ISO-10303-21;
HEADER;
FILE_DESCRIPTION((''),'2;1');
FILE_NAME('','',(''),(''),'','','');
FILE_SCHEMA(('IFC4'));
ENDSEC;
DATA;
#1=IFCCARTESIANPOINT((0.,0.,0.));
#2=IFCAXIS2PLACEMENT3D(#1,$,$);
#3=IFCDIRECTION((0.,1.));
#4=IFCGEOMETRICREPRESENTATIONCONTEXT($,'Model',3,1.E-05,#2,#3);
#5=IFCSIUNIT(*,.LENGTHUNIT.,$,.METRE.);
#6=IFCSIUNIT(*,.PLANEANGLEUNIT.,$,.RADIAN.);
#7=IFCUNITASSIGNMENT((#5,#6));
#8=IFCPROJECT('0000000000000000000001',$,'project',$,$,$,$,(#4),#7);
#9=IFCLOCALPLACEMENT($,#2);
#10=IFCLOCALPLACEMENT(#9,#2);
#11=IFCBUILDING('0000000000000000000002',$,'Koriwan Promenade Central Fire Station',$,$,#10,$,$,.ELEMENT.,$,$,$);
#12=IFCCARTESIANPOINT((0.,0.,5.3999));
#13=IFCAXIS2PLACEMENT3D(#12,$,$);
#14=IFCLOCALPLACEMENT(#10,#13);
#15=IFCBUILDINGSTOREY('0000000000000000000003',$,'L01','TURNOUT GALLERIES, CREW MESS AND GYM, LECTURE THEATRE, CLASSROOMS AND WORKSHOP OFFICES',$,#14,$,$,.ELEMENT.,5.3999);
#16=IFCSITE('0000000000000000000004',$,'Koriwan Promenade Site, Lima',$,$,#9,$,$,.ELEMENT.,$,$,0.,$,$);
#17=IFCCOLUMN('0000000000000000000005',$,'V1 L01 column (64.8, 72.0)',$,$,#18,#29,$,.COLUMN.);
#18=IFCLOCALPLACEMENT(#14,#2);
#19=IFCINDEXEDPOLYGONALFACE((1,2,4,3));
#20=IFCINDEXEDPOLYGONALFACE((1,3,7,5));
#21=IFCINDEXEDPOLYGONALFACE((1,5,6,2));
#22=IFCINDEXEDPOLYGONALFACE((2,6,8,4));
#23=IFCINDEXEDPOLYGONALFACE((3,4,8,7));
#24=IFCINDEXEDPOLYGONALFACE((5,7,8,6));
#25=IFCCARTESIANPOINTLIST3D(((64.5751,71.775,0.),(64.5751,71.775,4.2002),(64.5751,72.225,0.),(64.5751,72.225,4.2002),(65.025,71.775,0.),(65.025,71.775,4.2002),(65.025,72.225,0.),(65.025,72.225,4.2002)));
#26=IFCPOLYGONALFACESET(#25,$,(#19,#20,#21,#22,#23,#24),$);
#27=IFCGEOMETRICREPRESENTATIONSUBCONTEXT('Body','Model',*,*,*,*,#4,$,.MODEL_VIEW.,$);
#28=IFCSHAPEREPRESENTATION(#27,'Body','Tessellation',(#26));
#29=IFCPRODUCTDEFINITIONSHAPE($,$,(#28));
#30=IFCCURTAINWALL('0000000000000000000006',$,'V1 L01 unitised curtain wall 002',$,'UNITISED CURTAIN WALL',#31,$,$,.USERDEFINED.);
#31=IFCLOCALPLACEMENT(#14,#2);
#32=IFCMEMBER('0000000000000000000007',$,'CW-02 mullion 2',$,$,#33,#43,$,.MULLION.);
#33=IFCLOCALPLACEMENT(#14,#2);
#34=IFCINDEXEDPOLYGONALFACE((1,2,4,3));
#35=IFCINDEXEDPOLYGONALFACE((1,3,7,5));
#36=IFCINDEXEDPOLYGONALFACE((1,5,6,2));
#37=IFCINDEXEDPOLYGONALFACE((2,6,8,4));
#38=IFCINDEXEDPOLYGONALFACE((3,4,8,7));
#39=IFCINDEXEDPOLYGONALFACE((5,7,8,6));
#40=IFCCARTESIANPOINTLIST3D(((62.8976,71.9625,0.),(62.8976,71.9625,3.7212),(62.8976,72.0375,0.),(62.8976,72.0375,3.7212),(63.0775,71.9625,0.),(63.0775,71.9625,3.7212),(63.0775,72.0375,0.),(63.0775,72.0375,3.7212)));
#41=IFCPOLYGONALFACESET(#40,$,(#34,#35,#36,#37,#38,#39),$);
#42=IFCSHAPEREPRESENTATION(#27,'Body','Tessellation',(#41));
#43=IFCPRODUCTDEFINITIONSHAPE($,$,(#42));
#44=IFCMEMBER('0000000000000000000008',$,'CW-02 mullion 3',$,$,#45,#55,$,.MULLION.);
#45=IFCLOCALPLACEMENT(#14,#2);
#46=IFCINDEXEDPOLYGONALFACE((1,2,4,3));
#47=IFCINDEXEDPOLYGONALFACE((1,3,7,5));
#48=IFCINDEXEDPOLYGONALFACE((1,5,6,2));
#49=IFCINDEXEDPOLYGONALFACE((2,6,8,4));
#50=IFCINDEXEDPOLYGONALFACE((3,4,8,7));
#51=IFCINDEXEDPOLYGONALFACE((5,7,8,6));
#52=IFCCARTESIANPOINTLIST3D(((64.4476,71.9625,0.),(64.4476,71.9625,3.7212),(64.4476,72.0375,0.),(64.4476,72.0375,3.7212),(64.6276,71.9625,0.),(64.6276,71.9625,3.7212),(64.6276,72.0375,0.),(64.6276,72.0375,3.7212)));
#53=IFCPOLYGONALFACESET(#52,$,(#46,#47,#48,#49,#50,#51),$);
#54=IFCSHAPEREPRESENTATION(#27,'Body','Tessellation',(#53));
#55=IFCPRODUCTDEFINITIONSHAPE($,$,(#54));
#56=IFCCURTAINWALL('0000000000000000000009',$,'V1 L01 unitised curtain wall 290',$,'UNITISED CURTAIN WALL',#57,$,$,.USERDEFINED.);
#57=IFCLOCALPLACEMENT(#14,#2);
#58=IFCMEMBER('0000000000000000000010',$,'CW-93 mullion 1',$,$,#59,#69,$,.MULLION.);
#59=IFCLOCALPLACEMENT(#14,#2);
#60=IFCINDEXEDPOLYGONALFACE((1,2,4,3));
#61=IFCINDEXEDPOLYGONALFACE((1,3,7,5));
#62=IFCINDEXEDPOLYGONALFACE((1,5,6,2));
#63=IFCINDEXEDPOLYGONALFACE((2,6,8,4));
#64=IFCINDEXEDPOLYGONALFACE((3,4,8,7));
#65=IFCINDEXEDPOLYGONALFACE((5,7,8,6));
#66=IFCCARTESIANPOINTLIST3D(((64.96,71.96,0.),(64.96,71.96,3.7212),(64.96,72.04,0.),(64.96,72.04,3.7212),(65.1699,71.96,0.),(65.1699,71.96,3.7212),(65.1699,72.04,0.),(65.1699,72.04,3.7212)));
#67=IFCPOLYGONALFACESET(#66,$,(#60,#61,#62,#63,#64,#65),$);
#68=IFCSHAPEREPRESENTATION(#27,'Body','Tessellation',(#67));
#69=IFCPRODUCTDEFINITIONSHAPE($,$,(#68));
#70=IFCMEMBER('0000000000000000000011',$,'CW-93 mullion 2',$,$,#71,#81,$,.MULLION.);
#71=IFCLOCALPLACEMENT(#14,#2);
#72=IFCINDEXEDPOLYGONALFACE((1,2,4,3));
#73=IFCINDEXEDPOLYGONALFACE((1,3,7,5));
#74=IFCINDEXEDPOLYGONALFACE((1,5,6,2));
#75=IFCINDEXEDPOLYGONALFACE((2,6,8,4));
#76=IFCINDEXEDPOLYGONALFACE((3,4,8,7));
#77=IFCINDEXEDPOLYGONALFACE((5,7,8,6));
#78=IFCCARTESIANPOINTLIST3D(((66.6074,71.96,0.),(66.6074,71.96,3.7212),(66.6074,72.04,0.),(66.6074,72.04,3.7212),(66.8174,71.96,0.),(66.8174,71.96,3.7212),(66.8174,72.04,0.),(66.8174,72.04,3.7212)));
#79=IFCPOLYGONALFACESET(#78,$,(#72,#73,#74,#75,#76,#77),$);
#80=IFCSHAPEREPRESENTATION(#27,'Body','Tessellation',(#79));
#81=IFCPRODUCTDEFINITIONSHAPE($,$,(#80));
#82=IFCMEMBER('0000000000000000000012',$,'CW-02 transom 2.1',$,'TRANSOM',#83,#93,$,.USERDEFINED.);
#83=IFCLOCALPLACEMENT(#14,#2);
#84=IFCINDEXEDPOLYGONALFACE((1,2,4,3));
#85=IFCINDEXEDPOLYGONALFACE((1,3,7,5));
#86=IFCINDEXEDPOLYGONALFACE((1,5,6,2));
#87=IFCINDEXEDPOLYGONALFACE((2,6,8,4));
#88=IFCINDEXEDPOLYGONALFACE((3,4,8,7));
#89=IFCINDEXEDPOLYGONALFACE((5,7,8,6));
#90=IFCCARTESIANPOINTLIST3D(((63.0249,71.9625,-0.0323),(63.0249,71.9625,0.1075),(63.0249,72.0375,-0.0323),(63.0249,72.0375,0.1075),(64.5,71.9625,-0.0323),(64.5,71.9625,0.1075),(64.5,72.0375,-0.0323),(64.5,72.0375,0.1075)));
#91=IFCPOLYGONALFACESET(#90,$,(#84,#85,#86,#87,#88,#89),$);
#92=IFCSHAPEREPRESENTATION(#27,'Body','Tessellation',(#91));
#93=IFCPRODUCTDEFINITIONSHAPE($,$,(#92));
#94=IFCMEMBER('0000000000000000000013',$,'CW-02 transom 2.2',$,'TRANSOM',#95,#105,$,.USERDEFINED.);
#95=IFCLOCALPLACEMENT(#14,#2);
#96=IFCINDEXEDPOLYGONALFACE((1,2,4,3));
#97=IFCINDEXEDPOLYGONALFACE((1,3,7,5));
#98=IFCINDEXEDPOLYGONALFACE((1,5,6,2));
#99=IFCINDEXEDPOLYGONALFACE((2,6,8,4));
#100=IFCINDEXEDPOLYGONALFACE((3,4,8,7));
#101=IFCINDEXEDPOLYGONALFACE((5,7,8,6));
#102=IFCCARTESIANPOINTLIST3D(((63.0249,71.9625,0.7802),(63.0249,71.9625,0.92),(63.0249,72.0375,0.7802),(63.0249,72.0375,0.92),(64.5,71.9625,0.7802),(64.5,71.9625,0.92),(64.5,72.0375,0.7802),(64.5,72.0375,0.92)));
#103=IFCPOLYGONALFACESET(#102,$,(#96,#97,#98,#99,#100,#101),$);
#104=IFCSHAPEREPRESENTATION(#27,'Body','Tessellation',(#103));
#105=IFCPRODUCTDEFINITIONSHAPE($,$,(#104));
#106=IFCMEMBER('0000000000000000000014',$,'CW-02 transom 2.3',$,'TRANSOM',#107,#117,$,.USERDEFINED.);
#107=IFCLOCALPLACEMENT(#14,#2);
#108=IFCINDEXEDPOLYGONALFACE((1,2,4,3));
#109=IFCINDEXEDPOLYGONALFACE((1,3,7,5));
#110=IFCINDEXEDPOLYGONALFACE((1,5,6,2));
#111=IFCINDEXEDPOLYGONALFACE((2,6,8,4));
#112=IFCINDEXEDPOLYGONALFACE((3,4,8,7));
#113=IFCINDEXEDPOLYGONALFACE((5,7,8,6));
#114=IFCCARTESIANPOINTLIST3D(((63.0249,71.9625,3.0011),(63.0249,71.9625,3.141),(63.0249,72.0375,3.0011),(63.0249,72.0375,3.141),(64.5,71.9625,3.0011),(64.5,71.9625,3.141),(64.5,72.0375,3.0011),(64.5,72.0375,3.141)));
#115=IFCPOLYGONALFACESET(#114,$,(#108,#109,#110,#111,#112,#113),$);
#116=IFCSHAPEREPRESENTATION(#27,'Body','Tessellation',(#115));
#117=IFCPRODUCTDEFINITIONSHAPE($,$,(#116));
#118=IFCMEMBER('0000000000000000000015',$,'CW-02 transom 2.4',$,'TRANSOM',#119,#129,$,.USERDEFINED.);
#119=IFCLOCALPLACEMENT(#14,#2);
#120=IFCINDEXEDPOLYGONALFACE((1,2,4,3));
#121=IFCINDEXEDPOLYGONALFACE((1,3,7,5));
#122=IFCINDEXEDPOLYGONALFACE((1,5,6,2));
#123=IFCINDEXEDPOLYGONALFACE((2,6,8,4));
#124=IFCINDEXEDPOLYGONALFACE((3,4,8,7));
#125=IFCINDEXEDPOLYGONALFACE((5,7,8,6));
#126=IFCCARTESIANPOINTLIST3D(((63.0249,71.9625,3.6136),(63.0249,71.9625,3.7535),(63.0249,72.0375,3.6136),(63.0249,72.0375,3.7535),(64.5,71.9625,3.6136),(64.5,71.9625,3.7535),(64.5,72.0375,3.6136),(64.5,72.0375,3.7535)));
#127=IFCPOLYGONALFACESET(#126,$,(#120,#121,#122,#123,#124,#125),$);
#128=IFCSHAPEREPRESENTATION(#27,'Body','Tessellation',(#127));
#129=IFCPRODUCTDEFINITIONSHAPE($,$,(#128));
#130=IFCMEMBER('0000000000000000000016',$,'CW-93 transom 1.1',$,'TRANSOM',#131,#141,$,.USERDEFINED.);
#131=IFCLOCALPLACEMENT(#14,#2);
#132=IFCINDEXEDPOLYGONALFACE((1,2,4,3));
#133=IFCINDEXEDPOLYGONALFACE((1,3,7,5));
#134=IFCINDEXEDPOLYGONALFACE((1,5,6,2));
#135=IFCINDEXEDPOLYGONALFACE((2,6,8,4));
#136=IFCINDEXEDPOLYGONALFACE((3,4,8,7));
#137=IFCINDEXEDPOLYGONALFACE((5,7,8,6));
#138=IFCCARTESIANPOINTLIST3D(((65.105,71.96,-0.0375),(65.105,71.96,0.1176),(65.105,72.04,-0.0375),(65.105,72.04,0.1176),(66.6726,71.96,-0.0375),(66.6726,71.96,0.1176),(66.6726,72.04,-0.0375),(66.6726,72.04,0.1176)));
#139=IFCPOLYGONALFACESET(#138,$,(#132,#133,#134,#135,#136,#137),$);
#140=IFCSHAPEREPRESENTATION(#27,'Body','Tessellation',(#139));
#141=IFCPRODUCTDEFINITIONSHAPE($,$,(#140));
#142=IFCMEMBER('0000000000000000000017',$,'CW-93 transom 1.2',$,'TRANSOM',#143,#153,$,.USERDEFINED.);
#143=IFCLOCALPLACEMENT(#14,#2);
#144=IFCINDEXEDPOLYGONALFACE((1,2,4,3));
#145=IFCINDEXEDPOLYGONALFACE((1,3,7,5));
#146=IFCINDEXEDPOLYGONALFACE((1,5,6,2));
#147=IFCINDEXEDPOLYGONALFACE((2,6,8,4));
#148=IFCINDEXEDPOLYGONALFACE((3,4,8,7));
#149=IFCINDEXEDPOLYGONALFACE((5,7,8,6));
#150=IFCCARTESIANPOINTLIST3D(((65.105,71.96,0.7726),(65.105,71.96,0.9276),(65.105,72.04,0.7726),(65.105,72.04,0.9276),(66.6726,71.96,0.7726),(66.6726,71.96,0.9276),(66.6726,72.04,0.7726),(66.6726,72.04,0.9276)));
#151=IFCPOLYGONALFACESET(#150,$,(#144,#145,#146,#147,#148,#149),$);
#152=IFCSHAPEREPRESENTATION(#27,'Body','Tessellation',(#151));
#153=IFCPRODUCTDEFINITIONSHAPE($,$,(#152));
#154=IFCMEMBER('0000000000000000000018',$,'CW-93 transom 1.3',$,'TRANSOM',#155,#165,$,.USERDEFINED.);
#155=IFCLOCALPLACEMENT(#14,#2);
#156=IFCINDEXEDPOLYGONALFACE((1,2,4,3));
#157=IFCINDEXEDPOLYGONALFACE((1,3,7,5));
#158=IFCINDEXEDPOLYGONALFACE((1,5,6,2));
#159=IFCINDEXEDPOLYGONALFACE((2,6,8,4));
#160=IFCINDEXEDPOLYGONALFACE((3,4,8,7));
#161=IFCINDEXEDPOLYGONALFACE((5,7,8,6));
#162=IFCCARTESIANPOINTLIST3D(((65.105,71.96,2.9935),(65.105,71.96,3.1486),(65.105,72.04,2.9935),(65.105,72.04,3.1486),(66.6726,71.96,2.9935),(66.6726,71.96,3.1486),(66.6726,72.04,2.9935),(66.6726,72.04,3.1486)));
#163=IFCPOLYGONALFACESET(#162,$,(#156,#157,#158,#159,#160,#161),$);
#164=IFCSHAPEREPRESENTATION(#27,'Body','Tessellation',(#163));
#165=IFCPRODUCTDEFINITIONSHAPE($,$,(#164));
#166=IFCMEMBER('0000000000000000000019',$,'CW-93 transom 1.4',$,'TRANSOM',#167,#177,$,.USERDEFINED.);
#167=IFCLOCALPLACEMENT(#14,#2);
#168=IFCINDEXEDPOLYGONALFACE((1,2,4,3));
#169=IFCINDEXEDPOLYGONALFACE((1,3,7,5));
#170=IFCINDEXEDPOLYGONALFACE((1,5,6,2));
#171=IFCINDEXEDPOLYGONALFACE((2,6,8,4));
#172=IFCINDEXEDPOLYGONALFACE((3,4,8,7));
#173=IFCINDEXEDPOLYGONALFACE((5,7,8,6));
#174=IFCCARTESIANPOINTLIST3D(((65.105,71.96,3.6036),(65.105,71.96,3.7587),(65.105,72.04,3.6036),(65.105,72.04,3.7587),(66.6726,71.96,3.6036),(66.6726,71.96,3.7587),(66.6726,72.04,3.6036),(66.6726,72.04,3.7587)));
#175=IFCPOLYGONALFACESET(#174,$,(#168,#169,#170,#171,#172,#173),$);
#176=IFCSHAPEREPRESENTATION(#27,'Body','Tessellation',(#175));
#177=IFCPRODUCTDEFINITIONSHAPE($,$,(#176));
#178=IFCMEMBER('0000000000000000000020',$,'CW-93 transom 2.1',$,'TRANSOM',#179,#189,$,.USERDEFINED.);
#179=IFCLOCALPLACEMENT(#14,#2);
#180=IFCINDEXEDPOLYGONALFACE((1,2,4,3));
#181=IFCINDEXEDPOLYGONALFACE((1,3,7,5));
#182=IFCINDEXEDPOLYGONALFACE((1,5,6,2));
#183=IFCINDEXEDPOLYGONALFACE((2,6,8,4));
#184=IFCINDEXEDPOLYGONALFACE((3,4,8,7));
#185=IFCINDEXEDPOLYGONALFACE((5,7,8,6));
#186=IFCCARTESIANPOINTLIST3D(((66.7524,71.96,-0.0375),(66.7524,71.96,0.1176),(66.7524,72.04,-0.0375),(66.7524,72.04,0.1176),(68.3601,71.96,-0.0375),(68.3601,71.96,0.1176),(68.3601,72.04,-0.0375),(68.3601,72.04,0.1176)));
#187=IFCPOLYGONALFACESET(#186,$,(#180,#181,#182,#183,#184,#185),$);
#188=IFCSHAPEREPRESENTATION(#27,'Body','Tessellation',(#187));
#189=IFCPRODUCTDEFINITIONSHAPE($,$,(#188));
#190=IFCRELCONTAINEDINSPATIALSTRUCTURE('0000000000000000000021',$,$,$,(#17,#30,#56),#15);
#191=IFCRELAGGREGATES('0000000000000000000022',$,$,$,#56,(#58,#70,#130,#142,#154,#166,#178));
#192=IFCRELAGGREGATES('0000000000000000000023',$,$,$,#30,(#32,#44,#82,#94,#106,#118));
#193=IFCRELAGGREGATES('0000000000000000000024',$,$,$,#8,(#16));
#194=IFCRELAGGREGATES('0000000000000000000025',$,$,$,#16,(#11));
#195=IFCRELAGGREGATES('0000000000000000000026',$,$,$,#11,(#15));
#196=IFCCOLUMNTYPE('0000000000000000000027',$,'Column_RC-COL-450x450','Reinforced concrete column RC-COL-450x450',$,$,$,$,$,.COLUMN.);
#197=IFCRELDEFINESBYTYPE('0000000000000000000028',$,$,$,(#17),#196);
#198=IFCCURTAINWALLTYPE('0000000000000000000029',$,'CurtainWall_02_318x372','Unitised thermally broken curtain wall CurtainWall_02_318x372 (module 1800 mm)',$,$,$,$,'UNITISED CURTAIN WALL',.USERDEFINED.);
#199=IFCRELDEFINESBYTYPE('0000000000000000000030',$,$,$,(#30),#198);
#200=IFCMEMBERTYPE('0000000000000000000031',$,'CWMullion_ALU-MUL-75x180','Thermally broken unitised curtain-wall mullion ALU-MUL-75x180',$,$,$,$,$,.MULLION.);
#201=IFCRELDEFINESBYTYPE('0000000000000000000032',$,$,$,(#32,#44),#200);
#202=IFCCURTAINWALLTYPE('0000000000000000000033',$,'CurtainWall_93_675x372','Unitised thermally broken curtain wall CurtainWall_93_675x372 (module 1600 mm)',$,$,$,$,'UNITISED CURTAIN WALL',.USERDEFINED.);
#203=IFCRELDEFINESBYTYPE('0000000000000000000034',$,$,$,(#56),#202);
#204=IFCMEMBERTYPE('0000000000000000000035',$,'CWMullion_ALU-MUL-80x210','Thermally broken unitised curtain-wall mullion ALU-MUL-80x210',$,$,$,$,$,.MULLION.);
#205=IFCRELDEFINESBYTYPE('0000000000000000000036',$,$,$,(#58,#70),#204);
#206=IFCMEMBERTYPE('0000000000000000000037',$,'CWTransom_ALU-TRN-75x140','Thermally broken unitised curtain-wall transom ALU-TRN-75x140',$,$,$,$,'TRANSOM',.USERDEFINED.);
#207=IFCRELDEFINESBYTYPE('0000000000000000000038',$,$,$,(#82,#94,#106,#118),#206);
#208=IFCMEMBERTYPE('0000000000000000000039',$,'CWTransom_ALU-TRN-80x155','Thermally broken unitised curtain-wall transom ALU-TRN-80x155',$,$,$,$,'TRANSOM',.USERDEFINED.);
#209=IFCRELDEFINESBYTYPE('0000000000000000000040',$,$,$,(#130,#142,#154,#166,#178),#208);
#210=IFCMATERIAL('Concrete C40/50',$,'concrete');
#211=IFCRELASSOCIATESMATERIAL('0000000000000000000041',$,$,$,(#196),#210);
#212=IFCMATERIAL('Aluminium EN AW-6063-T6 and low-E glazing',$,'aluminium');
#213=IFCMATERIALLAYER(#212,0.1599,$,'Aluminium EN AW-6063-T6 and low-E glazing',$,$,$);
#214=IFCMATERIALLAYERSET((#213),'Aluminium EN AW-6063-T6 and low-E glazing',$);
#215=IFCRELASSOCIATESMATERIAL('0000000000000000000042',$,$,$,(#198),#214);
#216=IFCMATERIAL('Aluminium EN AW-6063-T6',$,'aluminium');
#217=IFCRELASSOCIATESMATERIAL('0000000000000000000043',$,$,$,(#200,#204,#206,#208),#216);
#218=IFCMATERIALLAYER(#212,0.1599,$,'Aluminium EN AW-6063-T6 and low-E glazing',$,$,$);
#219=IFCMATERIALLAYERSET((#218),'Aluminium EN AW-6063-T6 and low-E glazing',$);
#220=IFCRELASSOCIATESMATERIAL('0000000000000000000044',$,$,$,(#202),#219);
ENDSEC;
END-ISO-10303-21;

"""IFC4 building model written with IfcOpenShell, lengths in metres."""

from ifc_helpers import new_model, si_unit, direction, frame, origin, origin_2d, place, context, subcontext, project, spatial, rectangle, extrude, material, layer, layer_set, material_profile, profile_set, type_object, element, aggregate, save


model = new_model("IFC4")

# Units and contexts
model_context = context("Model", 3, precision=1e-05, world=origin(), true_north=direction((0.0, 1.0)))
body_context = subcontext(model_context, "Body", "Model", "MODEL_VIEW")
ifc_project = project(units=[si_unit("LENGTHUNIT", "METRE"), si_unit("PLANEANGLEUNIT", "RADIAN")], contexts=[model_context])

# Site, building, storey
site_placement = place(None, origin())
site = spatial("IfcSite", under=ifc_project, at=site_placement, Name="Koriwan Promenade Site, Lima", CompositionType="ELEMENT", RefElevation=0.0)
building_placement = place(site_placement, origin())
building = spatial("IfcBuilding", under=site, at=building_placement, Name="Koriwan Promenade Central Fire Station", CompositionType="ELEMENT")
storey_placement = place(building_placement, frame((0.0, 0.0, 5.3999)))
storey = spatial("IfcBuildingStorey", under=building, at=storey_placement, Name="L01", Description="TURNOUT GALLERIES, CREW MESS AND GYM, LECTURE THEATRE, CLASSROOMS AND WORKSHOP OFFICES", CompositionType="ELEMENT", Elevation=5.3999)

# Column
ifc_material_1 = material(Name="Concrete C40/50", Category="concrete")
ifc_material_profile_1 = material_profile(ifc_material_1, rectangle(XDim=0.45, YDim=0.45, at=origin_2d()), Name="RC-COL-450x450")
ifc_profile_set_1 = profile_set([ifc_material_profile_1], Name="Concrete C40/50")
column_type = type_object("IfcColumnType", Name="Column_RC-COL-450x450", Description="Reinforced concrete column RC-COL-450x450", PredefinedType="COLUMN", material=ifc_profile_set_1)
column_placement = place(storey_placement, frame((64.8, 72.0, 0.0), z_axis=(0.0, 0.0, 1.0), x_axis=(1.0, 0.0, 0.0)))
element("IfcColumn", 1, at=column_placement, inside=storey, type_object=column_type, Name="V1 L01 column (64.8, 72.0)", PredefinedType="COLUMN", context=body_context, shape_type="SweptSolid", body=[
    extrude(rectangle(XDim=0.45, YDim=0.45, at=origin_2d()), origin(), (0.0, 0.0, 1.0), 4.2002),
])

# Curtain walls, members
ifc_material_2 = material(Name="Aluminium EN AW-6063-T6 and low-E glazing", Category="aluminium")
ifc_layer_1 = layer(ifc_material_2, 0.1599, Name="Aluminium EN AW-6063-T6 and low-E glazing")
ifc_layer_set_1 = layer_set([ifc_layer_1], Name="Aluminium EN AW-6063-T6 and low-E glazing")
curtain_wall_type_1 = type_object("IfcCurtainWallType", Name="CurtainWall_02_318x372", Description="Unitised thermally broken curtain wall CurtainWall_02_318x372 (module 1800 mm)", ElementType="UNITISED CURTAIN WALL", PredefinedType="USERDEFINED", material=ifc_layer_set_1)
curtain_wall_1_placement = place(storey_placement, origin())
curtain_wall_1 = element("IfcCurtainWall", 2, at=curtain_wall_1_placement, inside=storey, type_object=curtain_wall_type_1, Name="V1 L01 unitised curtain wall 002", ObjectType="UNITISED CURTAIN WALL", PredefinedType="USERDEFINED")
ifc_material_3 = material(Name="Aluminium EN AW-6063-T6", Category="aluminium")
ifc_material_profile_2 = material_profile(ifc_material_3, rectangle(XDim=0.075, YDim=0.1799, at=origin_2d()), Name="ALU-MUL-75x180")
ifc_profile_set_2 = profile_set([ifc_material_profile_2], Name="Aluminium EN AW-6063-T6")
member_type_1 = type_object("IfcMemberType", Name="CWMullion_ALU-MUL-75x180", Description="Thermally broken unitised curtain-wall mullion ALU-MUL-75x180", PredefinedType="MULLION", material=ifc_profile_set_2)
member_1_placement = place(storey_placement, frame((62.9875, 72.0, 0.0), z_axis=(0.0, 0.0, 1.0), x_axis=(0.0, 1.0, 0.0)))
member_1 = element("IfcMember", 3, at=member_1_placement, type_object=member_type_1, Name="CW-02 mullion 2", PredefinedType="MULLION", context=body_context, shape_type="SweptSolid", body=[
    extrude(rectangle(XDim=0.075, YDim=0.1799, at=origin_2d()), origin(), (0.0, 0.0, 1.0), 3.7212),
])
member_2_placement = place(storey_placement, frame((64.5376, 72.0, 0.0), z_axis=(0.0, 0.0, 1.0), x_axis=(0.0, 1.0, 0.0)))
member_2 = element("IfcMember", 4, at=member_2_placement, type_object=member_type_1, Name="CW-02 mullion 3", PredefinedType="MULLION", context=body_context, shape_type="SweptSolid", body=[
    extrude(rectangle(XDim=0.075, YDim=0.1799, at=origin_2d()), origin(), (0.0, 0.0, 1.0), 3.7212),
])
ifc_layer_2 = layer(ifc_material_2, 0.1599, Name="Aluminium EN AW-6063-T6 and low-E glazing")
ifc_layer_set_2 = layer_set([ifc_layer_2], Name="Aluminium EN AW-6063-T6 and low-E glazing")
curtain_wall_type_2 = type_object("IfcCurtainWallType", Name="CurtainWall_93_675x372", Description="Unitised thermally broken curtain wall CurtainWall_93_675x372 (module 1600 mm)", ElementType="UNITISED CURTAIN WALL", PredefinedType="USERDEFINED", material=ifc_layer_set_2)
curtain_wall_2_placement = place(storey_placement, origin())
curtain_wall_2 = element("IfcCurtainWall", 5, at=curtain_wall_2_placement, inside=storey, type_object=curtain_wall_type_2, Name="V1 L01 unitised curtain wall 290", ObjectType="UNITISED CURTAIN WALL", PredefinedType="USERDEFINED")
ifc_material_profile_3 = material_profile(ifc_material_3, rectangle(XDim=0.0801, YDim=0.21, at=origin_2d()), Name="ALU-MUL-80x210")
ifc_profile_set_3 = profile_set([ifc_material_profile_3], Name="Aluminium EN AW-6063-T6")
member_type_2 = type_object("IfcMemberType", Name="CWMullion_ALU-MUL-80x210", Description="Thermally broken unitised curtain-wall mullion ALU-MUL-80x210", PredefinedType="MULLION", material=ifc_profile_set_3)
member_3_placement = place(storey_placement, frame((65.0649, 72.0, 0.0), z_axis=(0.0, 0.0, 1.0), x_axis=(0.0, 1.0, 0.0)))
member_3 = element("IfcMember", 6, at=member_3_placement, type_object=member_type_2, Name="CW-93 mullion 1", PredefinedType="MULLION", context=body_context, shape_type="SweptSolid", body=[
    extrude(rectangle(XDim=0.0801, YDim=0.21, at=origin_2d()), origin(), (0.0, 0.0, 1.0), 3.7212),
])
member_4_placement = place(storey_placement, frame((66.7124, 72.0, 0.0), z_axis=(0.0, 0.0, 1.0), x_axis=(0.0, 1.0, 0.0)))
member_4 = element("IfcMember", 7, at=member_4_placement, type_object=member_type_2, Name="CW-93 mullion 2", PredefinedType="MULLION", context=body_context, shape_type="SweptSolid", body=[
    extrude(rectangle(XDim=0.0801, YDim=0.21, at=origin_2d()), origin(), (0.0, 0.0, 1.0), 3.7212),
])

# Members
ifc_material_profile_4 = material_profile(ifc_material_3, rectangle(XDim=0.075, YDim=0.1399, at=origin_2d()), Name="ALU-TRN-75x140")
ifc_profile_set_4 = profile_set([ifc_material_profile_4], Name="Aluminium EN AW-6063-T6")
member_type_3 = type_object("IfcMemberType", Name="CWTransom_ALU-TRN-75x140", Description="Thermally broken unitised curtain-wall transom ALU-TRN-75x140", ElementType="TRANSOM", PredefinedType="USERDEFINED", material=ifc_profile_set_4)
member_5_placement = place(storey_placement, frame((63.0249, 72.0, 0.0376), z_axis=(1.0, 0.0, 0.0), x_axis=(0.0, 1.0, 0.0)))
member_5 = element("IfcMember", 8, at=member_5_placement, type_object=member_type_3, Name="CW-02 transom 2.1", ObjectType="TRANSOM", PredefinedType="USERDEFINED", context=body_context, shape_type="SweptSolid", body=[
    extrude(rectangle(XDim=0.075, YDim=0.1399, at=origin_2d()), origin(), (0.0, 0.0, 1.0), 1.4751),
])
member_6_placement = place(storey_placement, frame((63.0249, 72.0, 0.8501), z_axis=(1.0, 0.0, 0.0), x_axis=(0.0, 1.0, 0.0)))
member_6 = element("IfcMember", 9, at=member_6_placement, type_object=member_type_3, Name="CW-02 transom 2.2", ObjectType="TRANSOM", PredefinedType="USERDEFINED", context=body_context, shape_type="SweptSolid", body=[
    extrude(rectangle(XDim=0.075, YDim=0.1399, at=origin_2d()), origin(), (0.0, 0.0, 1.0), 1.4751),
])
member_7_placement = place(storey_placement, frame((63.0249, 72.0, 3.071), z_axis=(1.0, 0.0, 0.0), x_axis=(0.0, 1.0, 0.0)))
member_7 = element("IfcMember", 10, at=member_7_placement, type_object=member_type_3, Name="CW-02 transom 2.3", ObjectType="TRANSOM", PredefinedType="USERDEFINED", context=body_context, shape_type="SweptSolid", body=[
    extrude(rectangle(XDim=0.075, YDim=0.1399, at=origin_2d()), origin(), (0.0, 0.0, 1.0), 1.4751),
])
member_8_placement = place(storey_placement, frame((63.0249, 72.0, 3.6836), z_axis=(1.0, 0.0, 0.0), x_axis=(0.0, 1.0, 0.0)))
member_8 = element("IfcMember", 11, at=member_8_placement, type_object=member_type_3, Name="CW-02 transom 2.4", ObjectType="TRANSOM", PredefinedType="USERDEFINED", context=body_context, shape_type="SweptSolid", body=[
    extrude(rectangle(XDim=0.075, YDim=0.1399, at=origin_2d()), origin(), (0.0, 0.0, 1.0), 1.4751),
])
ifc_material_profile_5 = material_profile(ifc_material_3, rectangle(XDim=0.0801, YDim=0.155, at=origin_2d()), Name="ALU-TRN-80x155")
ifc_profile_set_5 = profile_set([ifc_material_profile_5], Name="Aluminium EN AW-6063-T6")
member_type_4 = type_object("IfcMemberType", Name="CWTransom_ALU-TRN-80x155", Description="Thermally broken unitised curtain-wall transom ALU-TRN-80x155", ElementType="TRANSOM", PredefinedType="USERDEFINED", material=ifc_profile_set_5)
member_9_placement = place(storey_placement, frame((65.105, 72.0, 0.04), z_axis=(1.0, 0.0, 0.0), x_axis=(0.0, 1.0, 0.0)))
member_9 = element("IfcMember", 12, at=member_9_placement, type_object=member_type_4, Name="CW-93 transom 1.1", ObjectType="TRANSOM", PredefinedType="USERDEFINED", context=body_context, shape_type="SweptSolid", body=[
    extrude(rectangle(XDim=0.0801, YDim=0.155, at=origin_2d()), origin(), (0.0, 0.0, 1.0), 1.5676),
])
member_10_placement = place(storey_placement, frame((65.105, 72.0, 0.8501), z_axis=(1.0, 0.0, 0.0), x_axis=(0.0, 1.0, 0.0)))
member_10 = element("IfcMember", 13, at=member_10_placement, type_object=member_type_4, Name="CW-93 transom 1.2", ObjectType="TRANSOM", PredefinedType="USERDEFINED", context=body_context, shape_type="SweptSolid", body=[
    extrude(rectangle(XDim=0.0801, YDim=0.155, at=origin_2d()), origin(), (0.0, 0.0, 1.0), 1.5676),
])
member_11_placement = place(storey_placement, frame((65.105, 72.0, 3.071), z_axis=(1.0, 0.0, 0.0), x_axis=(0.0, 1.0, 0.0)))
member_11 = element("IfcMember", 14, at=member_11_placement, type_object=member_type_4, Name="CW-93 transom 1.3", ObjectType="TRANSOM", PredefinedType="USERDEFINED", context=body_context, shape_type="SweptSolid", body=[
    extrude(rectangle(XDim=0.0801, YDim=0.155, at=origin_2d()), origin(), (0.0, 0.0, 1.0), 1.5676),
])
member_12_placement = place(storey_placement, frame((65.105, 72.0, 3.6812), z_axis=(1.0, 0.0, 0.0), x_axis=(0.0, 1.0, 0.0)))
member_12 = element("IfcMember", 15, at=member_12_placement, type_object=member_type_4, Name="CW-93 transom 1.4", ObjectType="TRANSOM", PredefinedType="USERDEFINED", context=body_context, shape_type="SweptSolid", body=[
    extrude(rectangle(XDim=0.0801, YDim=0.155, at=origin_2d()), origin(), (0.0, 0.0, 1.0), 1.5676),
])
member_13_placement = place(storey_placement, frame((66.7524, 72.0, 0.04), z_axis=(1.0, 0.0, 0.0), x_axis=(0.0, 1.0, 0.0)))
member_13 = element("IfcMember", 16, at=member_13_placement, type_object=member_type_4, Name="CW-93 transom 2.1", ObjectType="TRANSOM", PredefinedType="USERDEFINED", context=body_context, shape_type="SweptSolid", body=[
    extrude(rectangle(XDim=0.0801, YDim=0.155, at=origin_2d()), origin(), (0.0, 0.0, 1.0), 1.6077),
])

aggregate(curtain_wall_2, [member_3, member_4, member_9, member_10, member_11, member_12, member_13])
aggregate(curtain_wall_1, [member_1, member_2, member_5, member_6, member_7, member_8])

save(model, "model.ifc")
